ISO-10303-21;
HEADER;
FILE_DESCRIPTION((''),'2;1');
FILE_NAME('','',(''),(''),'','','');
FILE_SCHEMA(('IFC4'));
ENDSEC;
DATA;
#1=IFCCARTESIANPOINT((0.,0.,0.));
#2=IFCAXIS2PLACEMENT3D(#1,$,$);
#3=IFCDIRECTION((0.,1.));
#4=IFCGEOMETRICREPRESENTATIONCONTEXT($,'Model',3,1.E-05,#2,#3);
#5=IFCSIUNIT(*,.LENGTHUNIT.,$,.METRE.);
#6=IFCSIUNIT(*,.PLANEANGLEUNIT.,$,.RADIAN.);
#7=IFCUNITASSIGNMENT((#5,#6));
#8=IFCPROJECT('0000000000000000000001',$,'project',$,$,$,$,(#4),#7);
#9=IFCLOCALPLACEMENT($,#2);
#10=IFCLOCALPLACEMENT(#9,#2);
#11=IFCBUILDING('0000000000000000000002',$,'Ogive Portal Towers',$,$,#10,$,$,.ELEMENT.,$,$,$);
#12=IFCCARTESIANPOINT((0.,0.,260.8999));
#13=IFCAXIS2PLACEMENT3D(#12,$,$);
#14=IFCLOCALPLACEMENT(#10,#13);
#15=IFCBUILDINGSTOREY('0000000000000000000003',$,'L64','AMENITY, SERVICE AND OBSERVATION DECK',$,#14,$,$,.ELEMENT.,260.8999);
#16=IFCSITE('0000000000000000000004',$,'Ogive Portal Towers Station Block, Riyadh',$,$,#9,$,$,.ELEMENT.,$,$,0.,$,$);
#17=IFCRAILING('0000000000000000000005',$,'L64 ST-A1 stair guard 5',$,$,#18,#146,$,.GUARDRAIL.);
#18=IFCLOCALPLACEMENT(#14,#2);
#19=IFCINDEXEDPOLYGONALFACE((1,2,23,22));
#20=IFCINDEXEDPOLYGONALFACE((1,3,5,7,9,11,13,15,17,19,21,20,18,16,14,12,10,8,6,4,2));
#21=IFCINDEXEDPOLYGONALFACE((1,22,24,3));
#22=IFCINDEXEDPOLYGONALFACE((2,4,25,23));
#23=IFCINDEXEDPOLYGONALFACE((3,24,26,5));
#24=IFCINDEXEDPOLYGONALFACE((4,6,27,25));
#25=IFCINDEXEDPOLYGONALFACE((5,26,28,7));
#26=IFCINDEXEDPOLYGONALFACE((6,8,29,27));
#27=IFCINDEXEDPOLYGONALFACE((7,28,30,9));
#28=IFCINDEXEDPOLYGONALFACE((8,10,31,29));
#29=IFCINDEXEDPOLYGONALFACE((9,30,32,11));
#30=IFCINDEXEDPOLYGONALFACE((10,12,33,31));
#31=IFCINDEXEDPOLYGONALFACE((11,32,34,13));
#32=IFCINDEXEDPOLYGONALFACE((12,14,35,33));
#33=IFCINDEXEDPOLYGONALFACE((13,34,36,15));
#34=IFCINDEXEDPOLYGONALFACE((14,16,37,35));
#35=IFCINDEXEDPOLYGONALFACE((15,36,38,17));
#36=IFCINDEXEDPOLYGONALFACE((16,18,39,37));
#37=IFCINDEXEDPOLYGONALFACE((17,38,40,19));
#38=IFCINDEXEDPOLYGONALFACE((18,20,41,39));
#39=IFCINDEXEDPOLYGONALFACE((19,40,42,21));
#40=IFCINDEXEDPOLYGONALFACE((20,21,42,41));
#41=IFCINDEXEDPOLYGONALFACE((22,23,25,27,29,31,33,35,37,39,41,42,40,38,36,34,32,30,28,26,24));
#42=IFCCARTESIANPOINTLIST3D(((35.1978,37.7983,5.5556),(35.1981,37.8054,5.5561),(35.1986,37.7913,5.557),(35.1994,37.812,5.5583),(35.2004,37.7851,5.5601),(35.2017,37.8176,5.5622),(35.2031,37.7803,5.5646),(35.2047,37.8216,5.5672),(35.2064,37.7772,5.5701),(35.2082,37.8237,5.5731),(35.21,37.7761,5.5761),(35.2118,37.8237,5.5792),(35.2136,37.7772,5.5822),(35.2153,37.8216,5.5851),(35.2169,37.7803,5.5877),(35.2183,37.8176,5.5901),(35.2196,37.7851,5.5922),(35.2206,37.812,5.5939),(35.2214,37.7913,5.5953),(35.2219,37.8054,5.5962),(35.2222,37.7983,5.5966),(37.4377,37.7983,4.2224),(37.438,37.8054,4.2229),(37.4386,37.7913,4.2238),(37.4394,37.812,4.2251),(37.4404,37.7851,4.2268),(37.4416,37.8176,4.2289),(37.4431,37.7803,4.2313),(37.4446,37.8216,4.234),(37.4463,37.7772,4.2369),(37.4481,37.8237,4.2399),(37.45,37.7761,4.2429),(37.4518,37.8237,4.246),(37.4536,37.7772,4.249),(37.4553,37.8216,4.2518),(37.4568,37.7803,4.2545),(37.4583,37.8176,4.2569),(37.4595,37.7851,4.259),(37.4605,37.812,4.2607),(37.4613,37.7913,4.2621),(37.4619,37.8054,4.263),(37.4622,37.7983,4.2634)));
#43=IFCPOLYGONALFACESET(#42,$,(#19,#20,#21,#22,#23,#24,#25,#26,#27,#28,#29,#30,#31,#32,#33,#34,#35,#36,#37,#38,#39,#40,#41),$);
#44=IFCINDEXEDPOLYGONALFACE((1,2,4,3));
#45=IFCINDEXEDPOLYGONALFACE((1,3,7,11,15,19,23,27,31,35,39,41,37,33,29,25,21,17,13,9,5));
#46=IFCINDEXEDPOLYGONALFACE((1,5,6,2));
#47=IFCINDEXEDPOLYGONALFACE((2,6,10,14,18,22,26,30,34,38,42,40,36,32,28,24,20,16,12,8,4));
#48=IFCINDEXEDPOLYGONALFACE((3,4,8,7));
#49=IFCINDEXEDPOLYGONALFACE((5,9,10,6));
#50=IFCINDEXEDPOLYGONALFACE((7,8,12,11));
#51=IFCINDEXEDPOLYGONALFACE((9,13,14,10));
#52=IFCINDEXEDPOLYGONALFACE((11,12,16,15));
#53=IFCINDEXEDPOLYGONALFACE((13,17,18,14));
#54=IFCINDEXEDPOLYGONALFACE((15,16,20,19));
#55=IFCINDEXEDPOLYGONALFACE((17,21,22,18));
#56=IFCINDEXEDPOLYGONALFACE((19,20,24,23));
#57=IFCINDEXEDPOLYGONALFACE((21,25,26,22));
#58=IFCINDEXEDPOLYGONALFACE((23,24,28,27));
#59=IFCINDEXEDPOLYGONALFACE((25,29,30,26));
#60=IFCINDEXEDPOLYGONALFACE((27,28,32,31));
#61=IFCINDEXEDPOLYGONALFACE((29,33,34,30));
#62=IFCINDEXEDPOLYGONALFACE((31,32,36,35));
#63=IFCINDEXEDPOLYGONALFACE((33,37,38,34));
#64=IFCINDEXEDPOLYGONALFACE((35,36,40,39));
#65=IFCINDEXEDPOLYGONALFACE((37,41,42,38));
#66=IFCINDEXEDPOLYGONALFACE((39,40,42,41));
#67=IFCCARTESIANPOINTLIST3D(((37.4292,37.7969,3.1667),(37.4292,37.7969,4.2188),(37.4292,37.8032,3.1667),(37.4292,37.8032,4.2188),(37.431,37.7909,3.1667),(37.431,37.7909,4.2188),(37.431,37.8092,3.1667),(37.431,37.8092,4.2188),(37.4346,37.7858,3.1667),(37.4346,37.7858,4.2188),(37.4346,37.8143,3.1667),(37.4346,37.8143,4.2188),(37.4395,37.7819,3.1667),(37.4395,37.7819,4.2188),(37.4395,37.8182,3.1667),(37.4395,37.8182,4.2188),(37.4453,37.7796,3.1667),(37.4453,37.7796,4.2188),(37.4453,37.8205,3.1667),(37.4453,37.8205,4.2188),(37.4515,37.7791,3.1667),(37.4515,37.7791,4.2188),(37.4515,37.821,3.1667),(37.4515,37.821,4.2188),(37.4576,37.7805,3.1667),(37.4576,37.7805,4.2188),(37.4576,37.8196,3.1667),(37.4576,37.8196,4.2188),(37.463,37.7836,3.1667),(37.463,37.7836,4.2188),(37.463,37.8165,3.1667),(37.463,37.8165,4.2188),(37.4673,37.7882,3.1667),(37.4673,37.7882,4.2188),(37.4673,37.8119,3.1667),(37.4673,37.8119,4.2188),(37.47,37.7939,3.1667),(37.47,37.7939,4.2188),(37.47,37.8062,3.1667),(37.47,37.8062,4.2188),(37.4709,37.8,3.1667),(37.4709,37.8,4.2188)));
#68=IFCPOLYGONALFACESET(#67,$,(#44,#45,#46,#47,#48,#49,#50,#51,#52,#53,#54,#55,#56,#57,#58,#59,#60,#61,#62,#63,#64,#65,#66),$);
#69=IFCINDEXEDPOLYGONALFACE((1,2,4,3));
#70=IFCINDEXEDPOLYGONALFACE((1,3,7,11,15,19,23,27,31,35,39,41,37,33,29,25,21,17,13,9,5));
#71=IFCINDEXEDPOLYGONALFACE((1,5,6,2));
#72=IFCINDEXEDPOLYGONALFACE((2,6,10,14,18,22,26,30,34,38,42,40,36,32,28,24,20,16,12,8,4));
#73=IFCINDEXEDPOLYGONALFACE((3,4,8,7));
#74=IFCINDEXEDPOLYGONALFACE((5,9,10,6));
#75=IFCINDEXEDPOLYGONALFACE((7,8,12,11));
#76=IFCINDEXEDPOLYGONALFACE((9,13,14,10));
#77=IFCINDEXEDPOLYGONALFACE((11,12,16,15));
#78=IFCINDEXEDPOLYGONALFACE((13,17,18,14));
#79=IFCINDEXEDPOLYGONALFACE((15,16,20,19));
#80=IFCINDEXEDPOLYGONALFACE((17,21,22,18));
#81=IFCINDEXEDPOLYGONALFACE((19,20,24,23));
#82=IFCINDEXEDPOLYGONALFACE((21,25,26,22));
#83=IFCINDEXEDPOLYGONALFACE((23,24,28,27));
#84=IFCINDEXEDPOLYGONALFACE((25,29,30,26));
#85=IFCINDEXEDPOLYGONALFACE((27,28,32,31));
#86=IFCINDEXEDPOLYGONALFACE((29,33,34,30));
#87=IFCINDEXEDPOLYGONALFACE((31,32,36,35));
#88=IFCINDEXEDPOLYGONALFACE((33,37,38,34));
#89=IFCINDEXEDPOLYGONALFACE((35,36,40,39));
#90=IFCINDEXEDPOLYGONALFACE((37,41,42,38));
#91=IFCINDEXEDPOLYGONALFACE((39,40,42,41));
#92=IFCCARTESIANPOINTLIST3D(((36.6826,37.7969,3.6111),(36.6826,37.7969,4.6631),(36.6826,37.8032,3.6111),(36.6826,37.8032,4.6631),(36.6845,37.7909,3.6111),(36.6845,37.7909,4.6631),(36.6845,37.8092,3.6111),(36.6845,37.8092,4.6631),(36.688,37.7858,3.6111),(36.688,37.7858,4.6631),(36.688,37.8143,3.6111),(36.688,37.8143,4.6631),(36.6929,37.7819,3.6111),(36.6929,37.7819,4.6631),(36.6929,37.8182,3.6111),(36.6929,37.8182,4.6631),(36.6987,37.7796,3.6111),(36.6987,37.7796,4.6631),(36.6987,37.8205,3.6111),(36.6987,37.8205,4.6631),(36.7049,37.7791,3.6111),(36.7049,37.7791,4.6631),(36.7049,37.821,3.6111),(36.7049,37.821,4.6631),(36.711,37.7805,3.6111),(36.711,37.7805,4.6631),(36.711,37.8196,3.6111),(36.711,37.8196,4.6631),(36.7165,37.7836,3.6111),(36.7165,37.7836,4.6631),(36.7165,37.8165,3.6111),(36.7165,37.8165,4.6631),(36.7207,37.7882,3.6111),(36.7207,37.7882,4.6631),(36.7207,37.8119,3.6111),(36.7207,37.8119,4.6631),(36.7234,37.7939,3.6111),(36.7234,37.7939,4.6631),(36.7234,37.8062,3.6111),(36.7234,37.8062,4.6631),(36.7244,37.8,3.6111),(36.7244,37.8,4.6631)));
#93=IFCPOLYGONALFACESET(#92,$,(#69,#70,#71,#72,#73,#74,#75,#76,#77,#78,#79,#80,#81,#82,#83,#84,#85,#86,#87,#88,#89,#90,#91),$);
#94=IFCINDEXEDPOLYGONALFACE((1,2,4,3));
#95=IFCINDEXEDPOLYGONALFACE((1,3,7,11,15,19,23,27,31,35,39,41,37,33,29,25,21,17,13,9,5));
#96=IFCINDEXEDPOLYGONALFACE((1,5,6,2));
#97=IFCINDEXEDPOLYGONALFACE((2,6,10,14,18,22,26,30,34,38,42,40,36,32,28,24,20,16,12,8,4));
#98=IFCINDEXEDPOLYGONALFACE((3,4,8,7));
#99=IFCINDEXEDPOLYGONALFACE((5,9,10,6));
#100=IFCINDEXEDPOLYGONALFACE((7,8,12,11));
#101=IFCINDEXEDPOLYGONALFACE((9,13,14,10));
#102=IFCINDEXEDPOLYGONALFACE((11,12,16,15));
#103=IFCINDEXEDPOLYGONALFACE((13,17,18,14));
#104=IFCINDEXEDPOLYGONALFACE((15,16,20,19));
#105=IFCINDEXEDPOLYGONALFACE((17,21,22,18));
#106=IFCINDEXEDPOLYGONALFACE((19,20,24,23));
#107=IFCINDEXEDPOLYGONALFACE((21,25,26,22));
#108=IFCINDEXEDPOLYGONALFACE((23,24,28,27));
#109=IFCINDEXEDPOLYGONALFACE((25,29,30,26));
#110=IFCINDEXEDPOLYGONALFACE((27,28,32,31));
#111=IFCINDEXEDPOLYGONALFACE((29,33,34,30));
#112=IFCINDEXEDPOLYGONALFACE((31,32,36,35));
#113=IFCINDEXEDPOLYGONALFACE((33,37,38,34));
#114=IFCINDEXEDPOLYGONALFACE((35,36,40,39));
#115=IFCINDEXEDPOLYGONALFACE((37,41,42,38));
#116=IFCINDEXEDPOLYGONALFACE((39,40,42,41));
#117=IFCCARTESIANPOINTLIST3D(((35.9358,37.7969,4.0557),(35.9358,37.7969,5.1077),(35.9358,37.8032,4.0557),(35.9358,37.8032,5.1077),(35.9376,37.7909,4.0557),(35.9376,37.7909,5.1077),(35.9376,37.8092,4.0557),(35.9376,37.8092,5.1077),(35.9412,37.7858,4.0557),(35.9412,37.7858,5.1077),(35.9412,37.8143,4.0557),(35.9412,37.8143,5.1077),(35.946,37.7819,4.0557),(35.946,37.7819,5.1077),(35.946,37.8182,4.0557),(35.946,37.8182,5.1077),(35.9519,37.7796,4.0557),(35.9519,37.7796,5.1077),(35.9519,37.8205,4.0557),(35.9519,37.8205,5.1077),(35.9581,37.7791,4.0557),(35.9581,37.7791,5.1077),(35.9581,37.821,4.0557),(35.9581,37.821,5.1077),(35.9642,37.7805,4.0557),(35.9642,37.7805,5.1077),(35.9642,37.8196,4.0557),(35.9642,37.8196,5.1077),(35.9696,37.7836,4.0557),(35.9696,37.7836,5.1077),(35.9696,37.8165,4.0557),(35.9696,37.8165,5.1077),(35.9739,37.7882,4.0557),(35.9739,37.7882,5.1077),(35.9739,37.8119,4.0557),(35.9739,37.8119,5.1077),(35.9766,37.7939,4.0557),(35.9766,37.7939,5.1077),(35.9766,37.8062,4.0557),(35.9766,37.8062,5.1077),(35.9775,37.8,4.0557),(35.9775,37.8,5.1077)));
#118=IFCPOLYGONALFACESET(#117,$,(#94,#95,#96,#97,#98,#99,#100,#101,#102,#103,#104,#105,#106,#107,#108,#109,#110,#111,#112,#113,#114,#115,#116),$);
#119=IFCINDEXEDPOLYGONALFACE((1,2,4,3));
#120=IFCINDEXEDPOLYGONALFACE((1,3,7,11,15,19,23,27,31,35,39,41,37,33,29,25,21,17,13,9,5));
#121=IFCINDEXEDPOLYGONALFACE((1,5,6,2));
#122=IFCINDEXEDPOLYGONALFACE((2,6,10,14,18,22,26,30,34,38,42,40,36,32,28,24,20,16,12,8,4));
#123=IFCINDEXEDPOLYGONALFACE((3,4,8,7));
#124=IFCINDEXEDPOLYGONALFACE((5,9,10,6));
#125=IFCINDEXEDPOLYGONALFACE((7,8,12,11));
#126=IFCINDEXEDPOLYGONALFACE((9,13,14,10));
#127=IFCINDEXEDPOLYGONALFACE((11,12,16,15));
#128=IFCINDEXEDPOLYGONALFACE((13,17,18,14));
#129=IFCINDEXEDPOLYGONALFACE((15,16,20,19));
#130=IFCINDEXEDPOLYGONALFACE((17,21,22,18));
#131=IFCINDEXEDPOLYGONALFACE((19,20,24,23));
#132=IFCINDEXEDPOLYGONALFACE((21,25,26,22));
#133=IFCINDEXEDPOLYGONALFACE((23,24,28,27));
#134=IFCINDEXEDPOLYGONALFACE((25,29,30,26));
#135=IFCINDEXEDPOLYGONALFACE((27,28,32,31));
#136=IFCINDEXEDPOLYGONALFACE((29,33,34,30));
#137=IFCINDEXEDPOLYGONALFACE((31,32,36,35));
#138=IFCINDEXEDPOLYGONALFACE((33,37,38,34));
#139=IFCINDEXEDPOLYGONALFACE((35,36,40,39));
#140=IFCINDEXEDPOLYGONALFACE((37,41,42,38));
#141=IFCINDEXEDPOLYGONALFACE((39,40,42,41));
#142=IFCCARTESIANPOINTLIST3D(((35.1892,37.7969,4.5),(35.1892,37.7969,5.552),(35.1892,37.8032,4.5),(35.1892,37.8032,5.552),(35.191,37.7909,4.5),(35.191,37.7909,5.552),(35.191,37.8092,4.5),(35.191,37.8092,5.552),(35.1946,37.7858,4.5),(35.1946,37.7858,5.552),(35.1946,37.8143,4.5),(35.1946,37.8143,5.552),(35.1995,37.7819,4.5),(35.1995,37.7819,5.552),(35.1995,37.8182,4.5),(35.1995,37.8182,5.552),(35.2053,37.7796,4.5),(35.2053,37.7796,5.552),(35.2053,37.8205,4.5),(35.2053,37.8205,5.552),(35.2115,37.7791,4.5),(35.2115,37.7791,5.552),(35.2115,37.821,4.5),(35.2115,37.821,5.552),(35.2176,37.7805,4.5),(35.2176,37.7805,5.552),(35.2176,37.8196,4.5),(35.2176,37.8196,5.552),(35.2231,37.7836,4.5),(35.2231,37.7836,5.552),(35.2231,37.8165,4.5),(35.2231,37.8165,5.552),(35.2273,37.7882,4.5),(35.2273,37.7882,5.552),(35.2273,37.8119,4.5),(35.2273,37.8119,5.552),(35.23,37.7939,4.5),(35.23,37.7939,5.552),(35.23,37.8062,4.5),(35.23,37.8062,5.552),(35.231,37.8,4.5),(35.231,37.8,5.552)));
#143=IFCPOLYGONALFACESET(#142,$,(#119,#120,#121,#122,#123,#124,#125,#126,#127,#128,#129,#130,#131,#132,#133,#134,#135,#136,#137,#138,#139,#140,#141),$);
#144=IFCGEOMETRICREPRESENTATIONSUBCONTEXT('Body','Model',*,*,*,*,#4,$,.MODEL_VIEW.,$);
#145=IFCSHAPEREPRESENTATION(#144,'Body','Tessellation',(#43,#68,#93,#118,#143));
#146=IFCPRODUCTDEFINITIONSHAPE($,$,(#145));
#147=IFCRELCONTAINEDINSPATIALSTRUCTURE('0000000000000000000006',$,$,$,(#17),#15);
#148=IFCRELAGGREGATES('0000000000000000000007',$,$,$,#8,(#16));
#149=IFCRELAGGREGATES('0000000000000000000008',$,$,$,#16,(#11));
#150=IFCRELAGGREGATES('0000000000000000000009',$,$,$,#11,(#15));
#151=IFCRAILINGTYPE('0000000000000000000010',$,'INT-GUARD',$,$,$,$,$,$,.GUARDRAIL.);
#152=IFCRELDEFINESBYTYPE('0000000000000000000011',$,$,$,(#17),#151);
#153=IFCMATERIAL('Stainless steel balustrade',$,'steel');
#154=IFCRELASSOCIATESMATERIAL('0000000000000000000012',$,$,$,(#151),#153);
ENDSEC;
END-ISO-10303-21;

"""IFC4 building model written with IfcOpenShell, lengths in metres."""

from ifc_helpers import new_model, si_unit, direction, frame, origin, origin_2d, place, context, subcontext, project, spatial, circle, extrude, material, type_object, element, save


model = new_model("IFC4")

# Units and contexts
model_context = context("Model", 3, precision=1e-05, world=origin(), true_north=direction((0.0, 1.0)))
body_context = subcontext(model_context, "Body", "Model", "MODEL_VIEW")
ifc_project = project(units=[si_unit("LENGTHUNIT", "METRE"), si_unit("PLANEANGLEUNIT", "RADIAN")], contexts=[model_context])

# Site, building, storey
site_placement = place(None, origin())
site = spatial("IfcSite", under=ifc_project, at=site_placement, Name="Ogive Portal Towers Station Block, Riyadh", CompositionType="ELEMENT", RefElevation=0.0)
building_placement = place(site_placement, origin())
building = spatial("IfcBuilding", under=site, at=building_placement, Name="Ogive Portal Towers", CompositionType="ELEMENT")
storey_placement = place(building_placement, frame((0.0, 0.0, 260.8999)))
storey = spatial("IfcBuildingStorey", under=building, at=storey_placement, Name="L64", Description="AMENITY, SERVICE AND OBSERVATION DECK", CompositionType="ELEMENT", Elevation=260.8999)

# Railing
ifc_material_1 = material(Name="Stainless steel balustrade", Category="steel")
railing_type_1 = type_object("IfcRailingType", Name="INT-GUARD", PredefinedType="GUARDRAIL", material=ifc_material_1)
railing_1_placement = place(storey_placement, frame((37.45, 37.8, 3.1667)))
element("IfcRailing", 1, at=railing_1_placement, inside=storey, type_object=railing_type_1, Name="L64 ST-A1 stair guard 5", PredefinedType="GUARDRAIL", context=body_context, shape_type="SweptSolid", body=[
    extrude(circle(Radius=0.0239, at=origin_2d()), frame((0.0, 0.0, 1.0762), z_axis=(-0.859306, 0.0, 0.511462), x_axis=(0.0, -1.0, 0.0)), (0.0, 0.0, 1.0), 2.6067),
    extrude(circle(Radius=0.021, at=origin_2d()), origin(), (0.0, 0.0, 1.0), 1.052),
    extrude(circle(Radius=0.021, at=origin_2d()), frame((-0.7466, 0.0, 0.4443)), (0.0, 0.0, 1.0), 1.052),
    extrude(circle(Radius=0.021, at=origin_2d()), frame((-1.4934, 0.0, 0.8889)), (0.0, 0.0, 1.0), 1.052),
    extrude(circle(Radius=0.021, at=origin_2d()), frame((-2.24, 0.0, 1.3333)), (0.0, 0.0, 1.0), 1.052),
])

save(model, "model.ifc")
